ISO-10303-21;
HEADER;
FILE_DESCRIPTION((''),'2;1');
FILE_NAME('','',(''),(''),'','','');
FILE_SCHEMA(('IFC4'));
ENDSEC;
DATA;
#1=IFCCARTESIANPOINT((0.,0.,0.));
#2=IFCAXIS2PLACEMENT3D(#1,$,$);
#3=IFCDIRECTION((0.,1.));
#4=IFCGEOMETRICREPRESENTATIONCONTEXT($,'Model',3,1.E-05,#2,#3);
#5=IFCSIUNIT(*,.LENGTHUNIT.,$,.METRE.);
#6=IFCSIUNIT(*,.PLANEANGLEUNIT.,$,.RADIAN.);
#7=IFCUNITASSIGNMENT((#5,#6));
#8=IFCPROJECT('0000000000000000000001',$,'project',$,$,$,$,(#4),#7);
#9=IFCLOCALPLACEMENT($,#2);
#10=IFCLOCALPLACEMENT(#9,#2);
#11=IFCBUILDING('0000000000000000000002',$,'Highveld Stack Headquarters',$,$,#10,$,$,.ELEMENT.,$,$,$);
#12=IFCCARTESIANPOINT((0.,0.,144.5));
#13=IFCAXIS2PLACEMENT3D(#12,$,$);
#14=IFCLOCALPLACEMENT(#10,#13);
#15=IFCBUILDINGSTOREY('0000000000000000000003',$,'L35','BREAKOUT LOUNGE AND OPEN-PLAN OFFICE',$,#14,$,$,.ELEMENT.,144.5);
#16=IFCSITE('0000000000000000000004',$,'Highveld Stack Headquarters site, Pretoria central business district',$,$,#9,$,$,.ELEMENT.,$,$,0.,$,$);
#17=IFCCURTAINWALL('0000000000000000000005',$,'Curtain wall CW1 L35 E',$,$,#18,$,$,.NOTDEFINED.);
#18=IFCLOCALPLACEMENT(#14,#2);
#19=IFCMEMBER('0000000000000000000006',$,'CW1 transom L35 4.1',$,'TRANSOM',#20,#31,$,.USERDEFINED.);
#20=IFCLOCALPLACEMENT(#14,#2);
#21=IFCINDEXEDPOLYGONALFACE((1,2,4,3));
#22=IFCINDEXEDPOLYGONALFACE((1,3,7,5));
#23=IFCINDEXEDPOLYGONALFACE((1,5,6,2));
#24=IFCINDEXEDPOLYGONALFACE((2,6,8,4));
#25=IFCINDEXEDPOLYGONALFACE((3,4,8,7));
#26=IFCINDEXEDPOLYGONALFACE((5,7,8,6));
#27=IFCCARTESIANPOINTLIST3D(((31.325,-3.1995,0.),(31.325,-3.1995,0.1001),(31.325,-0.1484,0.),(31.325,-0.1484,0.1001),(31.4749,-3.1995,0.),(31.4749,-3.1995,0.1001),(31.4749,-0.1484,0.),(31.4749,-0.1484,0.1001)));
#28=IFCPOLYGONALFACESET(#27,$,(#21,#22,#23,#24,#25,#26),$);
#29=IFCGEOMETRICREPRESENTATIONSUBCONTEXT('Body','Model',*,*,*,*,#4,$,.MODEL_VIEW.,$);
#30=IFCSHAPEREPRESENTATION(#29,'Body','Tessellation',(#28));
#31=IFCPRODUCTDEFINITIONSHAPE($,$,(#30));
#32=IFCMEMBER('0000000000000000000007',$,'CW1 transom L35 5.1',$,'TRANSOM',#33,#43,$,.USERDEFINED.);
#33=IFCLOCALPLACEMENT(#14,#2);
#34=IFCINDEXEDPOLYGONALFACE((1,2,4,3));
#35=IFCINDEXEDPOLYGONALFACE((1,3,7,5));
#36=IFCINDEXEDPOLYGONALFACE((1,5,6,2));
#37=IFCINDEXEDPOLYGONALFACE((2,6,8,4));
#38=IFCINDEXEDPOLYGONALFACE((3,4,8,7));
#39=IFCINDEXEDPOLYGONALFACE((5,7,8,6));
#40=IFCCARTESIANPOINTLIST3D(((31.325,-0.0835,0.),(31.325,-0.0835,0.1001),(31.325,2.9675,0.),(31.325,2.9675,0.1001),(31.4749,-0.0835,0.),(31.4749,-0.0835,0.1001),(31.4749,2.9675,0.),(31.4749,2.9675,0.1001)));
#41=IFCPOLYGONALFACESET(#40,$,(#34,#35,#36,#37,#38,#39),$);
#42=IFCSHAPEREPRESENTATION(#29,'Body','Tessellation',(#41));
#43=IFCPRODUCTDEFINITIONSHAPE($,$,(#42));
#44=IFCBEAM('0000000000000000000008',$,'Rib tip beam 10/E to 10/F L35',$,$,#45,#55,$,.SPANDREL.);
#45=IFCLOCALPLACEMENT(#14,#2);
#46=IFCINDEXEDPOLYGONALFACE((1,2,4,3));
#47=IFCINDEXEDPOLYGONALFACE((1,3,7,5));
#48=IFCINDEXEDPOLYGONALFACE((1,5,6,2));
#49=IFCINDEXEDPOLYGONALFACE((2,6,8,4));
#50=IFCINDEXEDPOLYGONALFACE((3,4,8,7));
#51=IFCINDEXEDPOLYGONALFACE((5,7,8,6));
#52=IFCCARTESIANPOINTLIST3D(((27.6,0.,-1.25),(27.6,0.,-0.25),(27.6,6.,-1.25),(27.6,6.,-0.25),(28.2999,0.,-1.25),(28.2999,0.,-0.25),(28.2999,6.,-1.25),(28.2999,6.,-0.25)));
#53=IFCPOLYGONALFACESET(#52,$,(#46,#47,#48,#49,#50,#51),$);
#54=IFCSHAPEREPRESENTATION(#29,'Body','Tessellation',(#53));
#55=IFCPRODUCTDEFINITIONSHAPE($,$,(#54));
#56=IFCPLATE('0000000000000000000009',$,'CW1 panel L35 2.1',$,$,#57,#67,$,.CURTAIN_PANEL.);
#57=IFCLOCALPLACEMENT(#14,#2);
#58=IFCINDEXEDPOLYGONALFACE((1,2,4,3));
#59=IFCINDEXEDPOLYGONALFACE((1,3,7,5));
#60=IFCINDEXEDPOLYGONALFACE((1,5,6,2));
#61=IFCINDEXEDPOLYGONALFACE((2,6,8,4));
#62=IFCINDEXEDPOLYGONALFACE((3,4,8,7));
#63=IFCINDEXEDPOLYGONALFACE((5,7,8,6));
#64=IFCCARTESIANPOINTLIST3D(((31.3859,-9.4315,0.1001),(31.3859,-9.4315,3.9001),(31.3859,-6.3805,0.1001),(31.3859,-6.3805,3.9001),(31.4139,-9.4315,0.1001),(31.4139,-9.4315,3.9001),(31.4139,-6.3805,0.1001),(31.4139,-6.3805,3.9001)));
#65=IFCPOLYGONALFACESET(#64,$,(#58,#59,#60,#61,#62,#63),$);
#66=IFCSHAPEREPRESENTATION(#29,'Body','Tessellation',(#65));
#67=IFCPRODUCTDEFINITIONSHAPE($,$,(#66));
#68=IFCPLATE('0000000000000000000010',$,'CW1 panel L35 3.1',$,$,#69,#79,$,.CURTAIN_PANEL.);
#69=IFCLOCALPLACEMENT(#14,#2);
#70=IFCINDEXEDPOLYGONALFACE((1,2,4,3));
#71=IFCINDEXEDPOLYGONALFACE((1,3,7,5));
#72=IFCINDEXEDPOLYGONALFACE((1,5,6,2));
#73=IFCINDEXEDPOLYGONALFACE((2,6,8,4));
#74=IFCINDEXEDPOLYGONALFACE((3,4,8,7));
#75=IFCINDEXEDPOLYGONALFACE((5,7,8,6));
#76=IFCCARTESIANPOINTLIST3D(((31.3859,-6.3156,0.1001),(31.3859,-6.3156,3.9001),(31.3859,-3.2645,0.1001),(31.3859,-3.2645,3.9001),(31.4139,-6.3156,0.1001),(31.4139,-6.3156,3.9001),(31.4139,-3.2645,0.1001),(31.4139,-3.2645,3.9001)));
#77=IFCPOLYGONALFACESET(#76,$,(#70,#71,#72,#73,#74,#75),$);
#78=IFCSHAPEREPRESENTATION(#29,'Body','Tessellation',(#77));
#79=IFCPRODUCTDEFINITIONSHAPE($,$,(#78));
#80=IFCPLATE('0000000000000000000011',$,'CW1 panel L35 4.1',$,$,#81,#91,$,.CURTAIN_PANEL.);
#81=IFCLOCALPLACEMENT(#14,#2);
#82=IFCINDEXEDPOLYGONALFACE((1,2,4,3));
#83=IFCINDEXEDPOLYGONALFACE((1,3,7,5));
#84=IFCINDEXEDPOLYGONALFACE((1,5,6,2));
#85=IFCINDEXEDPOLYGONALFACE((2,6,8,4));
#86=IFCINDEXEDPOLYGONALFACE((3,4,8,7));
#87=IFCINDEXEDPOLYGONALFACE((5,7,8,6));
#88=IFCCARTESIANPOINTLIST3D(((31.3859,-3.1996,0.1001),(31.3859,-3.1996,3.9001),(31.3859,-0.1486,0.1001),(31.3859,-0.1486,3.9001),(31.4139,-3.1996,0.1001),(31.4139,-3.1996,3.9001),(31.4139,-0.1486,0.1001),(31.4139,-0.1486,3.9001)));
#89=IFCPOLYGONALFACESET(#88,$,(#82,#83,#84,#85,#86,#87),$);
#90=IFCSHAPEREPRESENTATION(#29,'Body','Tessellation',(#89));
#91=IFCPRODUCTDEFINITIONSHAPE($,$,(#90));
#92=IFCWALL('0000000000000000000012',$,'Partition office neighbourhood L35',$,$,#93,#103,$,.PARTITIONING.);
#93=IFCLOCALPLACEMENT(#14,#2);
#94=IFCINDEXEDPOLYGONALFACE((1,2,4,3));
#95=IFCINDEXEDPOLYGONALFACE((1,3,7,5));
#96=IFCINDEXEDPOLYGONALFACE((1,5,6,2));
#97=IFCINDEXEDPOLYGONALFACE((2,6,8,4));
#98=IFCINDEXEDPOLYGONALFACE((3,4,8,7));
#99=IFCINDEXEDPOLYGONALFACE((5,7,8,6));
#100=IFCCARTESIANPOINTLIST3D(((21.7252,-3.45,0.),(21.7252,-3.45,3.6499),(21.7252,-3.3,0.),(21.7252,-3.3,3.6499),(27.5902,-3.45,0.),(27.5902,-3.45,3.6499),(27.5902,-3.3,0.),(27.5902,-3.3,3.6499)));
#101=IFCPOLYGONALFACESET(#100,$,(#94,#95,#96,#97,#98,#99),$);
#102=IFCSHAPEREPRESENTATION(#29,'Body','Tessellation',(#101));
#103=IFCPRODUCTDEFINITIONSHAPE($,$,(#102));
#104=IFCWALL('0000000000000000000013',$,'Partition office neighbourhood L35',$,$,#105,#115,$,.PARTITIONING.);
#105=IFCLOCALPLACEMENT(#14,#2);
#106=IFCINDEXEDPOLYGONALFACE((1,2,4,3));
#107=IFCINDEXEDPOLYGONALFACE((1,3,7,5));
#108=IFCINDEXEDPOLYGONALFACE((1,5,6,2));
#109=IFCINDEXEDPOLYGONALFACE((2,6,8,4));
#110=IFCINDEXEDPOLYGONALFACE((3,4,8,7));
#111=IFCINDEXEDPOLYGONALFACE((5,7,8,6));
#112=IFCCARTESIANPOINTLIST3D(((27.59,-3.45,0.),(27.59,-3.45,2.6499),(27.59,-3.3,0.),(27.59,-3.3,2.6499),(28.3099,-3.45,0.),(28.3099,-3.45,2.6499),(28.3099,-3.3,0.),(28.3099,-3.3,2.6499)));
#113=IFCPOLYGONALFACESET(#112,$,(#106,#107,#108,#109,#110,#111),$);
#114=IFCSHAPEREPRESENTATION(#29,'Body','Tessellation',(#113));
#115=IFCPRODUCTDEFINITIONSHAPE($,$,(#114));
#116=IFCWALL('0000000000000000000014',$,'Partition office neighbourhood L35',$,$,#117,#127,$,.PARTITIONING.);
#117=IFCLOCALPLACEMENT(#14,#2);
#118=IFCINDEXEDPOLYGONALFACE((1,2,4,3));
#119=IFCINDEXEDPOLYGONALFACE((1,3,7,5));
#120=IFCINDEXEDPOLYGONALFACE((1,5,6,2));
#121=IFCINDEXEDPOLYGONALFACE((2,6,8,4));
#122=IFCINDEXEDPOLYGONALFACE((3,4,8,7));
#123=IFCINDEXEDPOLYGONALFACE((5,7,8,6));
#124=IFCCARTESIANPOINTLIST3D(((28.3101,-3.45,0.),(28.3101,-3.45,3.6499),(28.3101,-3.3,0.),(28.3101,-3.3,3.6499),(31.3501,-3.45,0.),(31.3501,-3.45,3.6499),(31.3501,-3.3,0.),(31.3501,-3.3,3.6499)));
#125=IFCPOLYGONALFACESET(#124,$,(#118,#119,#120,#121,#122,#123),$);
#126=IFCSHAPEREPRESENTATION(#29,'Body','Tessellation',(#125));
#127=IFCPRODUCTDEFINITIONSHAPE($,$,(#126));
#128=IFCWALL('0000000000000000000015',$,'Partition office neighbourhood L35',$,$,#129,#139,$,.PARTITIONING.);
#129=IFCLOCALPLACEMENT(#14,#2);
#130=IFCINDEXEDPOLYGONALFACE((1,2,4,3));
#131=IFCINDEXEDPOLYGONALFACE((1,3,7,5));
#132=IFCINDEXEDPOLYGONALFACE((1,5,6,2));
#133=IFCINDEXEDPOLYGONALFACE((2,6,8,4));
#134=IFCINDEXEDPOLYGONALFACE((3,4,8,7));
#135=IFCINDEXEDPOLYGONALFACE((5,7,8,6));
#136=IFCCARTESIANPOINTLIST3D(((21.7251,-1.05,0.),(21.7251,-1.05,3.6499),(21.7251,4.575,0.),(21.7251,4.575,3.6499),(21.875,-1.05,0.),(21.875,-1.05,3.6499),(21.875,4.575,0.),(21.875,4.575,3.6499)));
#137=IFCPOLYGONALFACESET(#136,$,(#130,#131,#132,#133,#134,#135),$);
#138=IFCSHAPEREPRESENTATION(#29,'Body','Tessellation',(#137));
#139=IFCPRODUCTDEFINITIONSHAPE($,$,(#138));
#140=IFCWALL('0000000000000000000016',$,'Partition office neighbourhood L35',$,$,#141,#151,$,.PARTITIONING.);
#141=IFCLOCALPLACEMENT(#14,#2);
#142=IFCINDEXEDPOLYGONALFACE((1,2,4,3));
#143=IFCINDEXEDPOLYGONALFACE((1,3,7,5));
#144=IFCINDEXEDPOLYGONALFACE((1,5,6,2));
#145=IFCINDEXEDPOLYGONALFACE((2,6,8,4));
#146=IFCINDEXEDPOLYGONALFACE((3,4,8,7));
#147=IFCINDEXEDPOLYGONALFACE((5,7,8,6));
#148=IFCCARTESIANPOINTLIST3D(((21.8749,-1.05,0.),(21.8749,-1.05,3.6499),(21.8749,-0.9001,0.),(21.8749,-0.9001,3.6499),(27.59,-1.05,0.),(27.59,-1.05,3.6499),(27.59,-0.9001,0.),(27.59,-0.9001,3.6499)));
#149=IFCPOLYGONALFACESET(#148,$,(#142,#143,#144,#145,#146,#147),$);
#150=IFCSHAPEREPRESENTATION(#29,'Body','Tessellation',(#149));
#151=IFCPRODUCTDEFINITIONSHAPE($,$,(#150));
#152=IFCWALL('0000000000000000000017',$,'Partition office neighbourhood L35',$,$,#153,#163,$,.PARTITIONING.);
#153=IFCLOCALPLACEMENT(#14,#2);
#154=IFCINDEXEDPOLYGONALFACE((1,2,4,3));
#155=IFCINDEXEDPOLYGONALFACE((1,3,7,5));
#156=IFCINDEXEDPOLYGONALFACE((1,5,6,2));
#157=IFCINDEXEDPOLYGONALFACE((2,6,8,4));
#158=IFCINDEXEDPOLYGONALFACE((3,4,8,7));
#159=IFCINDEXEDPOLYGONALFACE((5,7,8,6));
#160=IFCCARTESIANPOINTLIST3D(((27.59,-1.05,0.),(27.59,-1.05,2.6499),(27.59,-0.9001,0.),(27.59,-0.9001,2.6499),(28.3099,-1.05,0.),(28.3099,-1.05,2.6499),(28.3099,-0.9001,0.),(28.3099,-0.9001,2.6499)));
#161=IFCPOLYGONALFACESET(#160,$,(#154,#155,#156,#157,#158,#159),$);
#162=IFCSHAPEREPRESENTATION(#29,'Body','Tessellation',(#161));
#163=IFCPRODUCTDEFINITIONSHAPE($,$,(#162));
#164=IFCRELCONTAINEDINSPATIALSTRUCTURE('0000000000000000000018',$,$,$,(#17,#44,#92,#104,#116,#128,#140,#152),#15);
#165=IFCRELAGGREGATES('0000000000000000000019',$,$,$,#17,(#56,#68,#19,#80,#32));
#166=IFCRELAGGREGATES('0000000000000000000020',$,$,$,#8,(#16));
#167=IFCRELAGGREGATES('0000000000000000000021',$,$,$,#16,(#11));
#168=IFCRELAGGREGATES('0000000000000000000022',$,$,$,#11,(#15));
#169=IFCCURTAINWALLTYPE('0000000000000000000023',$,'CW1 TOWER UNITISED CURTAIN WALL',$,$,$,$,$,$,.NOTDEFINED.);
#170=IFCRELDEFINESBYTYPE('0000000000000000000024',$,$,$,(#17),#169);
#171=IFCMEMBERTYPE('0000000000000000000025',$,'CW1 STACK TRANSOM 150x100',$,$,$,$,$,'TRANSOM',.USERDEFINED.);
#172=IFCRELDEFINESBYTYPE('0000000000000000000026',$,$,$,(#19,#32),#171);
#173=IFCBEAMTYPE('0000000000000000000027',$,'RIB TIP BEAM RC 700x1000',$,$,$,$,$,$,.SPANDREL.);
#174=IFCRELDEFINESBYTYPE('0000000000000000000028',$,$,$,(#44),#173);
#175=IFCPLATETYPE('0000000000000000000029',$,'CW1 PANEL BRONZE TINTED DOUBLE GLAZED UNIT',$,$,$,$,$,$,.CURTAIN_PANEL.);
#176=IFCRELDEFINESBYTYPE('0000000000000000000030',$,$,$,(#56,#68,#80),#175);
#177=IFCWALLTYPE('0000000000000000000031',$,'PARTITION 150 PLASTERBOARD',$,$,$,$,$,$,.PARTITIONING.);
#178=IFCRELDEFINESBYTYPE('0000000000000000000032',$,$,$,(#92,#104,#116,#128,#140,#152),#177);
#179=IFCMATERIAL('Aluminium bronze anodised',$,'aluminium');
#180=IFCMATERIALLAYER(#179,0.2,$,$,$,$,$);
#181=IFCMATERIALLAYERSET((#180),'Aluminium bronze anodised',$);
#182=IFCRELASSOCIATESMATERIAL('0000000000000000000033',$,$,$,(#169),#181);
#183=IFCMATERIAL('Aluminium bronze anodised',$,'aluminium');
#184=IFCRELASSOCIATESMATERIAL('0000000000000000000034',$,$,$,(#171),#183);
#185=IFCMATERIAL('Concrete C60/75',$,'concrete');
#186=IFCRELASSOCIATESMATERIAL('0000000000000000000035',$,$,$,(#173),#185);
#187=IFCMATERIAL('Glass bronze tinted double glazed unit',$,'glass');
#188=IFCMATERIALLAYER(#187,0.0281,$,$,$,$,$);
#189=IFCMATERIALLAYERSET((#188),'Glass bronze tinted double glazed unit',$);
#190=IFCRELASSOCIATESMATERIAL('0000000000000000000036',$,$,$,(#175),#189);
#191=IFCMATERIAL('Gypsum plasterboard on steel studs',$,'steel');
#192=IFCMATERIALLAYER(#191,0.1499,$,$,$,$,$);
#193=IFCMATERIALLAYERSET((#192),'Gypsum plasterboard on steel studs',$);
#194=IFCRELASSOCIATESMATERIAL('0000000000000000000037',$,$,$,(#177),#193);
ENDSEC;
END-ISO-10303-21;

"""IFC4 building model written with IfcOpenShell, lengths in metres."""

from ifc_helpers import new_model, si_unit, direction, frame, frame_2d, origin, origin_2d, place, context, subcontext, project, spatial, rectangle, extrude, material, layer, layer_set, material_profile, profile_set, type_object, element, aggregate, save


model = new_model("IFC4")

# Units and contexts
model_context = context("Model", 3, precision=1e-05, world=origin(), true_north=direction((0.0, 1.0)))
body_context = subcontext(model_context, "Body", "Model", "MODEL_VIEW")
ifc_project = project(units=[si_unit("LENGTHUNIT", "METRE"), si_unit("PLANEANGLEUNIT", "RADIAN")], contexts=[model_context])

# Site, building, storey
site_placement = place(None, origin())
site = spatial("IfcSite", under=ifc_project, at=site_placement, Name="Highveld Stack Headquarters site, Pretoria central business district", CompositionType="ELEMENT", RefElevation=0.0)
building_placement = place(site_placement, origin())
building = spatial("IfcBuilding", under=site, at=building_placement, Name="Highveld Stack Headquarters", CompositionType="ELEMENT")
storey_placement = place(building_placement, frame((0.0, 0.0, 144.5)))
storey = spatial("IfcBuildingStorey", under=building, at=storey_placement, Name="L35", Description="BREAKOUT LOUNGE AND OPEN-PLAN OFFICE", CompositionType="ELEMENT", Elevation=144.5)

# Curtain wall, members
ifc_material_1 = material(Name="Aluminium bronze anodised", Category="aluminium")
ifc_layer_1 = layer(ifc_material_1, 0.2)
ifc_layer_set_1 = layer_set([ifc_layer_1], Name="Aluminium bronze anodised")
curtain_wall_type = type_object("IfcCurtainWallType", Name="CW1 TOWER UNITISED CURTAIN WALL", PredefinedType="NOTDEFINED", material=ifc_layer_set_1)
curtain_wall_placement = place(storey_placement, origin())
curtain_wall = element("IfcCurtainWall", 1, at=curtain_wall_placement, inside=storey, type_object=curtain_wall_type, Name="Curtain wall CW1 L35 E", PredefinedType="NOTDEFINED")
ifc_material_2 = material(Name="Aluminium bronze anodised", Category="aluminium")
ifc_material_profile_1 = material_profile(ifc_material_2, rectangle(XDim=0.1499, YDim=0.1001, at=origin_2d()), Name="CW1 TRANSOM 150x100")
ifc_profile_set_1 = profile_set([ifc_material_profile_1], Name="Aluminium bronze anodised")
member_type_1 = type_object("IfcMemberType", Name="CW1 STACK TRANSOM 150x100", ElementType="TRANSOM", PredefinedType="USERDEFINED", material=ifc_profile_set_1)
member_1_placement = place(storey_placement, frame((31.3999, -3.1995, 0.05), z_axis=(0.0, 1.0, 0.0), x_axis=(-1.0, 0.0, 0.0)))
member_1 = element("IfcMember", 2, at=member_1_placement, type_object=member_type_1, Name="CW1 transom L35 4.1", ObjectType="TRANSOM", PredefinedType="USERDEFINED", context=body_context, shape_type="SweptSolid", body=[
    extrude(rectangle(XDim=0.1499, YDim=0.1001, at=origin_2d()), origin(), (0.0, 0.0, 1.0), 3.051),
])
member_2_placement = place(storey_placement, frame((31.3999, -0.0835, 0.05), z_axis=(0.0, 1.0, 0.0), x_axis=(-1.0, 0.0, 0.0)))
member_2 = element("IfcMember", 3, at=member_2_placement, type_object=member_type_1, Name="CW1 transom L35 5.1", ObjectType="TRANSOM", PredefinedType="USERDEFINED", context=body_context, shape_type="SweptSolid", body=[
    extrude(rectangle(XDim=0.1499, YDim=0.1001, at=origin_2d()), origin(), (0.0, 0.0, 1.0), 3.051),
])

# Beam
ifc_material_3 = material(Name="Concrete C60/75", Category="concrete")
ifc_material_profile_2 = material_profile(ifc_material_3, rectangle(XDim=0.7, YDim=1.0, at=origin_2d()), Name="RC 700x1000")
ifc_profile_set_2 = profile_set([ifc_material_profile_2], Name="Concrete C60/75")
beam_type_1 = type_object("IfcBeamType", Name="RIB TIP BEAM RC 700x1000", PredefinedType="SPANDREL", material=ifc_profile_set_2)
beam_1_placement = place(storey_placement, frame((27.95, 0.0, -0.75), z_axis=(0.0, 1.0, 0.0), x_axis=(-1.0, 0.0, 0.0)))
element("IfcBeam", 4, at=beam_1_placement, inside=storey, type_object=beam_type_1, Name="Rib tip beam 10/E to 10/F L35", PredefinedType="SPANDREL", context=body_context, shape_type="SweptSolid", body=[
    extrude(rectangle(XDim=0.7, YDim=1.0, at=origin_2d()), origin(), (0.0, 0.0, 1.0), 6.0),
])

# Plates
ifc_material_4 = material(Name="Glass bronze tinted double glazed unit", Category="glass")
ifc_layer_2 = layer(ifc_material_4, 0.0281)
ifc_layer_set_2 = layer_set([ifc_layer_2], Name="Glass bronze tinted double glazed unit")
plate_type = type_object("IfcPlateType", Name="CW1 PANEL BRONZE TINTED DOUBLE GLAZED UNIT", PredefinedType="CURTAIN_PANEL", material=ifc_layer_set_2)
plate_1_placement = place(storey_placement, frame((31.3999, -7.906, 0.1001), z_axis=(0.0, 0.0, 1.0), x_axis=(0.0, 1.0, 0.0)))
plate_1 = element("IfcPlate", 5, at=plate_1_placement, type_object=plate_type, Name="CW1 panel L35 2.1", PredefinedType="CURTAIN_PANEL", context=body_context, shape_type="SweptSolid", body=[
    extrude(rectangle(XDim=3.051, YDim=0.0281, at=origin_2d()), origin(), (0.0, 0.0, 1.0), 3.8),
])
plate_2_placement = place(storey_placement, frame((31.3999, -4.79, 0.1001), z_axis=(0.0, 0.0, 1.0), x_axis=(0.0, 1.0, 0.0)))
plate_2 = element("IfcPlate", 6, at=plate_2_placement, type_object=plate_type, Name="CW1 panel L35 3.1", PredefinedType="CURTAIN_PANEL", context=body_context, shape_type="SweptSolid", body=[
    extrude(rectangle(XDim=3.051, YDim=0.0281, at=origin_2d()), origin(), (0.0, 0.0, 1.0), 3.8),
])
plate_3_placement = place(storey_placement, frame((31.3999, -1.6741, 0.1001), z_axis=(0.0, 0.0, 1.0), x_axis=(0.0, 1.0, 0.0)))
plate_3 = element("IfcPlate", 7, at=plate_3_placement, type_object=plate_type, Name="CW1 panel L35 4.1", PredefinedType="CURTAIN_PANEL", context=body_context, shape_type="SweptSolid", body=[
    extrude(rectangle(XDim=3.051, YDim=0.0281, at=origin_2d()), origin(), (0.0, 0.0, 1.0), 3.8),
])
aggregate(curtain_wall, [plate_1, plate_2, member_1, plate_3, member_2])

# Walls
ifc_material_5 = material(Name="Gypsum plasterboard on steel studs", Category="steel")
ifc_layer_3 = layer(ifc_material_5, 0.1499)
ifc_layer_set_3 = layer_set([ifc_layer_3], Name="Gypsum plasterboard on steel studs")
wall_type = type_object("IfcWallType", Name="PARTITION 150 PLASTERBOARD", PredefinedType="PARTITIONING", material=ifc_layer_set_3)
wall_1_placement = place(storey_placement, frame((21.7251, -3.375, 0.0), z_axis=(0.0, 0.0, 1.0), x_axis=(1.0, 0.0, 0.0)))
element("IfcWall", 8, at=wall_1_placement, inside=storey, type_object=wall_type, Name="Partition office neighbourhood L35", PredefinedType="PARTITIONING", context=body_context, shape_type="SweptSolid", body=[
    extrude(rectangle(XDim=5.865, YDim=0.1499, at=frame_2d((2.9326, 0.0))), origin(), (0.0, 0.0, 1.0), 3.6499),
])
wall_2_placement = place(storey_placement, frame((27.5901, -3.375, 0.0), z_axis=(0.0, 0.0, 1.0), x_axis=(1.0, 0.0, 0.0)))
element("IfcWall", 9, at=wall_2_placement, inside=storey, type_object=wall_type, Name="Partition office neighbourhood L35", PredefinedType="PARTITIONING", context=body_context, shape_type="SweptSolid", body=[
    extrude(rectangle(XDim=0.72, YDim=0.1499, at=frame_2d((0.3599, 0.0))), origin(), (0.0, 0.0, 1.0), 2.6499),
])
wall_3_placement = place(storey_placement, frame((28.3101, -3.375, 0.0), z_axis=(0.0, 0.0, 1.0), x_axis=(1.0, 0.0, 0.0)))
element("IfcWall", 10, at=wall_3_placement, inside=storey, type_object=wall_type, Name="Partition office neighbourhood L35", PredefinedType="PARTITIONING", context=body_context, shape_type="SweptSolid", body=[
    extrude(rectangle(XDim=3.04, YDim=0.1499, at=frame_2d((1.52, 0.0))), origin(), (0.0, 0.0, 1.0), 3.6499),
])
wall_4_placement = place(storey_placement, frame((21.8, -1.05, 0.0), z_axis=(0.0, 0.0, 1.0), x_axis=(0.0, 1.0, 0.0)))
element("IfcWall", 11, at=wall_4_placement, inside=storey, type_object=wall_type, Name="Partition office neighbourhood L35", PredefinedType="PARTITIONING", context=body_context, shape_type="SweptSolid", body=[
    extrude(rectangle(XDim=5.625, YDim=0.1499, at=frame_2d((2.8125, 0.0))), origin(), (0.0, 0.0, 1.0), 3.6499),
])
wall_5_placement = place(storey_placement, frame((21.875, -0.9751, 0.0), z_axis=(0.0, 0.0, 1.0), x_axis=(1.0, 0.0, 0.0)))
element("IfcWall", 12, at=wall_5_placement, inside=storey, type_object=wall_type, Name="Partition office neighbourhood L35", PredefinedType="PARTITIONING", context=body_context, shape_type="SweptSolid", body=[
    extrude(rectangle(XDim=5.7151, YDim=0.1499, at=frame_2d((2.8574, 0.0))), origin(), (0.0, 0.0, 1.0), 3.6499),
])
wall_6_placement = place(storey_placement, frame((27.5901, -0.9751, 0.0), z_axis=(0.0, 0.0, 1.0), x_axis=(1.0, 0.0, 0.0)))
element("IfcWall", 13, at=wall_6_placement, inside=storey, type_object=wall_type, Name="Partition office neighbourhood L35", PredefinedType="PARTITIONING", context=body_context, shape_type="SweptSolid", body=[
    extrude(rectangle(XDim=0.72, YDim=0.1499, at=frame_2d((0.3599, 0.0))), origin(), (0.0, 0.0, 1.0), 2.6499),
])

save(model, "model.ifc")
